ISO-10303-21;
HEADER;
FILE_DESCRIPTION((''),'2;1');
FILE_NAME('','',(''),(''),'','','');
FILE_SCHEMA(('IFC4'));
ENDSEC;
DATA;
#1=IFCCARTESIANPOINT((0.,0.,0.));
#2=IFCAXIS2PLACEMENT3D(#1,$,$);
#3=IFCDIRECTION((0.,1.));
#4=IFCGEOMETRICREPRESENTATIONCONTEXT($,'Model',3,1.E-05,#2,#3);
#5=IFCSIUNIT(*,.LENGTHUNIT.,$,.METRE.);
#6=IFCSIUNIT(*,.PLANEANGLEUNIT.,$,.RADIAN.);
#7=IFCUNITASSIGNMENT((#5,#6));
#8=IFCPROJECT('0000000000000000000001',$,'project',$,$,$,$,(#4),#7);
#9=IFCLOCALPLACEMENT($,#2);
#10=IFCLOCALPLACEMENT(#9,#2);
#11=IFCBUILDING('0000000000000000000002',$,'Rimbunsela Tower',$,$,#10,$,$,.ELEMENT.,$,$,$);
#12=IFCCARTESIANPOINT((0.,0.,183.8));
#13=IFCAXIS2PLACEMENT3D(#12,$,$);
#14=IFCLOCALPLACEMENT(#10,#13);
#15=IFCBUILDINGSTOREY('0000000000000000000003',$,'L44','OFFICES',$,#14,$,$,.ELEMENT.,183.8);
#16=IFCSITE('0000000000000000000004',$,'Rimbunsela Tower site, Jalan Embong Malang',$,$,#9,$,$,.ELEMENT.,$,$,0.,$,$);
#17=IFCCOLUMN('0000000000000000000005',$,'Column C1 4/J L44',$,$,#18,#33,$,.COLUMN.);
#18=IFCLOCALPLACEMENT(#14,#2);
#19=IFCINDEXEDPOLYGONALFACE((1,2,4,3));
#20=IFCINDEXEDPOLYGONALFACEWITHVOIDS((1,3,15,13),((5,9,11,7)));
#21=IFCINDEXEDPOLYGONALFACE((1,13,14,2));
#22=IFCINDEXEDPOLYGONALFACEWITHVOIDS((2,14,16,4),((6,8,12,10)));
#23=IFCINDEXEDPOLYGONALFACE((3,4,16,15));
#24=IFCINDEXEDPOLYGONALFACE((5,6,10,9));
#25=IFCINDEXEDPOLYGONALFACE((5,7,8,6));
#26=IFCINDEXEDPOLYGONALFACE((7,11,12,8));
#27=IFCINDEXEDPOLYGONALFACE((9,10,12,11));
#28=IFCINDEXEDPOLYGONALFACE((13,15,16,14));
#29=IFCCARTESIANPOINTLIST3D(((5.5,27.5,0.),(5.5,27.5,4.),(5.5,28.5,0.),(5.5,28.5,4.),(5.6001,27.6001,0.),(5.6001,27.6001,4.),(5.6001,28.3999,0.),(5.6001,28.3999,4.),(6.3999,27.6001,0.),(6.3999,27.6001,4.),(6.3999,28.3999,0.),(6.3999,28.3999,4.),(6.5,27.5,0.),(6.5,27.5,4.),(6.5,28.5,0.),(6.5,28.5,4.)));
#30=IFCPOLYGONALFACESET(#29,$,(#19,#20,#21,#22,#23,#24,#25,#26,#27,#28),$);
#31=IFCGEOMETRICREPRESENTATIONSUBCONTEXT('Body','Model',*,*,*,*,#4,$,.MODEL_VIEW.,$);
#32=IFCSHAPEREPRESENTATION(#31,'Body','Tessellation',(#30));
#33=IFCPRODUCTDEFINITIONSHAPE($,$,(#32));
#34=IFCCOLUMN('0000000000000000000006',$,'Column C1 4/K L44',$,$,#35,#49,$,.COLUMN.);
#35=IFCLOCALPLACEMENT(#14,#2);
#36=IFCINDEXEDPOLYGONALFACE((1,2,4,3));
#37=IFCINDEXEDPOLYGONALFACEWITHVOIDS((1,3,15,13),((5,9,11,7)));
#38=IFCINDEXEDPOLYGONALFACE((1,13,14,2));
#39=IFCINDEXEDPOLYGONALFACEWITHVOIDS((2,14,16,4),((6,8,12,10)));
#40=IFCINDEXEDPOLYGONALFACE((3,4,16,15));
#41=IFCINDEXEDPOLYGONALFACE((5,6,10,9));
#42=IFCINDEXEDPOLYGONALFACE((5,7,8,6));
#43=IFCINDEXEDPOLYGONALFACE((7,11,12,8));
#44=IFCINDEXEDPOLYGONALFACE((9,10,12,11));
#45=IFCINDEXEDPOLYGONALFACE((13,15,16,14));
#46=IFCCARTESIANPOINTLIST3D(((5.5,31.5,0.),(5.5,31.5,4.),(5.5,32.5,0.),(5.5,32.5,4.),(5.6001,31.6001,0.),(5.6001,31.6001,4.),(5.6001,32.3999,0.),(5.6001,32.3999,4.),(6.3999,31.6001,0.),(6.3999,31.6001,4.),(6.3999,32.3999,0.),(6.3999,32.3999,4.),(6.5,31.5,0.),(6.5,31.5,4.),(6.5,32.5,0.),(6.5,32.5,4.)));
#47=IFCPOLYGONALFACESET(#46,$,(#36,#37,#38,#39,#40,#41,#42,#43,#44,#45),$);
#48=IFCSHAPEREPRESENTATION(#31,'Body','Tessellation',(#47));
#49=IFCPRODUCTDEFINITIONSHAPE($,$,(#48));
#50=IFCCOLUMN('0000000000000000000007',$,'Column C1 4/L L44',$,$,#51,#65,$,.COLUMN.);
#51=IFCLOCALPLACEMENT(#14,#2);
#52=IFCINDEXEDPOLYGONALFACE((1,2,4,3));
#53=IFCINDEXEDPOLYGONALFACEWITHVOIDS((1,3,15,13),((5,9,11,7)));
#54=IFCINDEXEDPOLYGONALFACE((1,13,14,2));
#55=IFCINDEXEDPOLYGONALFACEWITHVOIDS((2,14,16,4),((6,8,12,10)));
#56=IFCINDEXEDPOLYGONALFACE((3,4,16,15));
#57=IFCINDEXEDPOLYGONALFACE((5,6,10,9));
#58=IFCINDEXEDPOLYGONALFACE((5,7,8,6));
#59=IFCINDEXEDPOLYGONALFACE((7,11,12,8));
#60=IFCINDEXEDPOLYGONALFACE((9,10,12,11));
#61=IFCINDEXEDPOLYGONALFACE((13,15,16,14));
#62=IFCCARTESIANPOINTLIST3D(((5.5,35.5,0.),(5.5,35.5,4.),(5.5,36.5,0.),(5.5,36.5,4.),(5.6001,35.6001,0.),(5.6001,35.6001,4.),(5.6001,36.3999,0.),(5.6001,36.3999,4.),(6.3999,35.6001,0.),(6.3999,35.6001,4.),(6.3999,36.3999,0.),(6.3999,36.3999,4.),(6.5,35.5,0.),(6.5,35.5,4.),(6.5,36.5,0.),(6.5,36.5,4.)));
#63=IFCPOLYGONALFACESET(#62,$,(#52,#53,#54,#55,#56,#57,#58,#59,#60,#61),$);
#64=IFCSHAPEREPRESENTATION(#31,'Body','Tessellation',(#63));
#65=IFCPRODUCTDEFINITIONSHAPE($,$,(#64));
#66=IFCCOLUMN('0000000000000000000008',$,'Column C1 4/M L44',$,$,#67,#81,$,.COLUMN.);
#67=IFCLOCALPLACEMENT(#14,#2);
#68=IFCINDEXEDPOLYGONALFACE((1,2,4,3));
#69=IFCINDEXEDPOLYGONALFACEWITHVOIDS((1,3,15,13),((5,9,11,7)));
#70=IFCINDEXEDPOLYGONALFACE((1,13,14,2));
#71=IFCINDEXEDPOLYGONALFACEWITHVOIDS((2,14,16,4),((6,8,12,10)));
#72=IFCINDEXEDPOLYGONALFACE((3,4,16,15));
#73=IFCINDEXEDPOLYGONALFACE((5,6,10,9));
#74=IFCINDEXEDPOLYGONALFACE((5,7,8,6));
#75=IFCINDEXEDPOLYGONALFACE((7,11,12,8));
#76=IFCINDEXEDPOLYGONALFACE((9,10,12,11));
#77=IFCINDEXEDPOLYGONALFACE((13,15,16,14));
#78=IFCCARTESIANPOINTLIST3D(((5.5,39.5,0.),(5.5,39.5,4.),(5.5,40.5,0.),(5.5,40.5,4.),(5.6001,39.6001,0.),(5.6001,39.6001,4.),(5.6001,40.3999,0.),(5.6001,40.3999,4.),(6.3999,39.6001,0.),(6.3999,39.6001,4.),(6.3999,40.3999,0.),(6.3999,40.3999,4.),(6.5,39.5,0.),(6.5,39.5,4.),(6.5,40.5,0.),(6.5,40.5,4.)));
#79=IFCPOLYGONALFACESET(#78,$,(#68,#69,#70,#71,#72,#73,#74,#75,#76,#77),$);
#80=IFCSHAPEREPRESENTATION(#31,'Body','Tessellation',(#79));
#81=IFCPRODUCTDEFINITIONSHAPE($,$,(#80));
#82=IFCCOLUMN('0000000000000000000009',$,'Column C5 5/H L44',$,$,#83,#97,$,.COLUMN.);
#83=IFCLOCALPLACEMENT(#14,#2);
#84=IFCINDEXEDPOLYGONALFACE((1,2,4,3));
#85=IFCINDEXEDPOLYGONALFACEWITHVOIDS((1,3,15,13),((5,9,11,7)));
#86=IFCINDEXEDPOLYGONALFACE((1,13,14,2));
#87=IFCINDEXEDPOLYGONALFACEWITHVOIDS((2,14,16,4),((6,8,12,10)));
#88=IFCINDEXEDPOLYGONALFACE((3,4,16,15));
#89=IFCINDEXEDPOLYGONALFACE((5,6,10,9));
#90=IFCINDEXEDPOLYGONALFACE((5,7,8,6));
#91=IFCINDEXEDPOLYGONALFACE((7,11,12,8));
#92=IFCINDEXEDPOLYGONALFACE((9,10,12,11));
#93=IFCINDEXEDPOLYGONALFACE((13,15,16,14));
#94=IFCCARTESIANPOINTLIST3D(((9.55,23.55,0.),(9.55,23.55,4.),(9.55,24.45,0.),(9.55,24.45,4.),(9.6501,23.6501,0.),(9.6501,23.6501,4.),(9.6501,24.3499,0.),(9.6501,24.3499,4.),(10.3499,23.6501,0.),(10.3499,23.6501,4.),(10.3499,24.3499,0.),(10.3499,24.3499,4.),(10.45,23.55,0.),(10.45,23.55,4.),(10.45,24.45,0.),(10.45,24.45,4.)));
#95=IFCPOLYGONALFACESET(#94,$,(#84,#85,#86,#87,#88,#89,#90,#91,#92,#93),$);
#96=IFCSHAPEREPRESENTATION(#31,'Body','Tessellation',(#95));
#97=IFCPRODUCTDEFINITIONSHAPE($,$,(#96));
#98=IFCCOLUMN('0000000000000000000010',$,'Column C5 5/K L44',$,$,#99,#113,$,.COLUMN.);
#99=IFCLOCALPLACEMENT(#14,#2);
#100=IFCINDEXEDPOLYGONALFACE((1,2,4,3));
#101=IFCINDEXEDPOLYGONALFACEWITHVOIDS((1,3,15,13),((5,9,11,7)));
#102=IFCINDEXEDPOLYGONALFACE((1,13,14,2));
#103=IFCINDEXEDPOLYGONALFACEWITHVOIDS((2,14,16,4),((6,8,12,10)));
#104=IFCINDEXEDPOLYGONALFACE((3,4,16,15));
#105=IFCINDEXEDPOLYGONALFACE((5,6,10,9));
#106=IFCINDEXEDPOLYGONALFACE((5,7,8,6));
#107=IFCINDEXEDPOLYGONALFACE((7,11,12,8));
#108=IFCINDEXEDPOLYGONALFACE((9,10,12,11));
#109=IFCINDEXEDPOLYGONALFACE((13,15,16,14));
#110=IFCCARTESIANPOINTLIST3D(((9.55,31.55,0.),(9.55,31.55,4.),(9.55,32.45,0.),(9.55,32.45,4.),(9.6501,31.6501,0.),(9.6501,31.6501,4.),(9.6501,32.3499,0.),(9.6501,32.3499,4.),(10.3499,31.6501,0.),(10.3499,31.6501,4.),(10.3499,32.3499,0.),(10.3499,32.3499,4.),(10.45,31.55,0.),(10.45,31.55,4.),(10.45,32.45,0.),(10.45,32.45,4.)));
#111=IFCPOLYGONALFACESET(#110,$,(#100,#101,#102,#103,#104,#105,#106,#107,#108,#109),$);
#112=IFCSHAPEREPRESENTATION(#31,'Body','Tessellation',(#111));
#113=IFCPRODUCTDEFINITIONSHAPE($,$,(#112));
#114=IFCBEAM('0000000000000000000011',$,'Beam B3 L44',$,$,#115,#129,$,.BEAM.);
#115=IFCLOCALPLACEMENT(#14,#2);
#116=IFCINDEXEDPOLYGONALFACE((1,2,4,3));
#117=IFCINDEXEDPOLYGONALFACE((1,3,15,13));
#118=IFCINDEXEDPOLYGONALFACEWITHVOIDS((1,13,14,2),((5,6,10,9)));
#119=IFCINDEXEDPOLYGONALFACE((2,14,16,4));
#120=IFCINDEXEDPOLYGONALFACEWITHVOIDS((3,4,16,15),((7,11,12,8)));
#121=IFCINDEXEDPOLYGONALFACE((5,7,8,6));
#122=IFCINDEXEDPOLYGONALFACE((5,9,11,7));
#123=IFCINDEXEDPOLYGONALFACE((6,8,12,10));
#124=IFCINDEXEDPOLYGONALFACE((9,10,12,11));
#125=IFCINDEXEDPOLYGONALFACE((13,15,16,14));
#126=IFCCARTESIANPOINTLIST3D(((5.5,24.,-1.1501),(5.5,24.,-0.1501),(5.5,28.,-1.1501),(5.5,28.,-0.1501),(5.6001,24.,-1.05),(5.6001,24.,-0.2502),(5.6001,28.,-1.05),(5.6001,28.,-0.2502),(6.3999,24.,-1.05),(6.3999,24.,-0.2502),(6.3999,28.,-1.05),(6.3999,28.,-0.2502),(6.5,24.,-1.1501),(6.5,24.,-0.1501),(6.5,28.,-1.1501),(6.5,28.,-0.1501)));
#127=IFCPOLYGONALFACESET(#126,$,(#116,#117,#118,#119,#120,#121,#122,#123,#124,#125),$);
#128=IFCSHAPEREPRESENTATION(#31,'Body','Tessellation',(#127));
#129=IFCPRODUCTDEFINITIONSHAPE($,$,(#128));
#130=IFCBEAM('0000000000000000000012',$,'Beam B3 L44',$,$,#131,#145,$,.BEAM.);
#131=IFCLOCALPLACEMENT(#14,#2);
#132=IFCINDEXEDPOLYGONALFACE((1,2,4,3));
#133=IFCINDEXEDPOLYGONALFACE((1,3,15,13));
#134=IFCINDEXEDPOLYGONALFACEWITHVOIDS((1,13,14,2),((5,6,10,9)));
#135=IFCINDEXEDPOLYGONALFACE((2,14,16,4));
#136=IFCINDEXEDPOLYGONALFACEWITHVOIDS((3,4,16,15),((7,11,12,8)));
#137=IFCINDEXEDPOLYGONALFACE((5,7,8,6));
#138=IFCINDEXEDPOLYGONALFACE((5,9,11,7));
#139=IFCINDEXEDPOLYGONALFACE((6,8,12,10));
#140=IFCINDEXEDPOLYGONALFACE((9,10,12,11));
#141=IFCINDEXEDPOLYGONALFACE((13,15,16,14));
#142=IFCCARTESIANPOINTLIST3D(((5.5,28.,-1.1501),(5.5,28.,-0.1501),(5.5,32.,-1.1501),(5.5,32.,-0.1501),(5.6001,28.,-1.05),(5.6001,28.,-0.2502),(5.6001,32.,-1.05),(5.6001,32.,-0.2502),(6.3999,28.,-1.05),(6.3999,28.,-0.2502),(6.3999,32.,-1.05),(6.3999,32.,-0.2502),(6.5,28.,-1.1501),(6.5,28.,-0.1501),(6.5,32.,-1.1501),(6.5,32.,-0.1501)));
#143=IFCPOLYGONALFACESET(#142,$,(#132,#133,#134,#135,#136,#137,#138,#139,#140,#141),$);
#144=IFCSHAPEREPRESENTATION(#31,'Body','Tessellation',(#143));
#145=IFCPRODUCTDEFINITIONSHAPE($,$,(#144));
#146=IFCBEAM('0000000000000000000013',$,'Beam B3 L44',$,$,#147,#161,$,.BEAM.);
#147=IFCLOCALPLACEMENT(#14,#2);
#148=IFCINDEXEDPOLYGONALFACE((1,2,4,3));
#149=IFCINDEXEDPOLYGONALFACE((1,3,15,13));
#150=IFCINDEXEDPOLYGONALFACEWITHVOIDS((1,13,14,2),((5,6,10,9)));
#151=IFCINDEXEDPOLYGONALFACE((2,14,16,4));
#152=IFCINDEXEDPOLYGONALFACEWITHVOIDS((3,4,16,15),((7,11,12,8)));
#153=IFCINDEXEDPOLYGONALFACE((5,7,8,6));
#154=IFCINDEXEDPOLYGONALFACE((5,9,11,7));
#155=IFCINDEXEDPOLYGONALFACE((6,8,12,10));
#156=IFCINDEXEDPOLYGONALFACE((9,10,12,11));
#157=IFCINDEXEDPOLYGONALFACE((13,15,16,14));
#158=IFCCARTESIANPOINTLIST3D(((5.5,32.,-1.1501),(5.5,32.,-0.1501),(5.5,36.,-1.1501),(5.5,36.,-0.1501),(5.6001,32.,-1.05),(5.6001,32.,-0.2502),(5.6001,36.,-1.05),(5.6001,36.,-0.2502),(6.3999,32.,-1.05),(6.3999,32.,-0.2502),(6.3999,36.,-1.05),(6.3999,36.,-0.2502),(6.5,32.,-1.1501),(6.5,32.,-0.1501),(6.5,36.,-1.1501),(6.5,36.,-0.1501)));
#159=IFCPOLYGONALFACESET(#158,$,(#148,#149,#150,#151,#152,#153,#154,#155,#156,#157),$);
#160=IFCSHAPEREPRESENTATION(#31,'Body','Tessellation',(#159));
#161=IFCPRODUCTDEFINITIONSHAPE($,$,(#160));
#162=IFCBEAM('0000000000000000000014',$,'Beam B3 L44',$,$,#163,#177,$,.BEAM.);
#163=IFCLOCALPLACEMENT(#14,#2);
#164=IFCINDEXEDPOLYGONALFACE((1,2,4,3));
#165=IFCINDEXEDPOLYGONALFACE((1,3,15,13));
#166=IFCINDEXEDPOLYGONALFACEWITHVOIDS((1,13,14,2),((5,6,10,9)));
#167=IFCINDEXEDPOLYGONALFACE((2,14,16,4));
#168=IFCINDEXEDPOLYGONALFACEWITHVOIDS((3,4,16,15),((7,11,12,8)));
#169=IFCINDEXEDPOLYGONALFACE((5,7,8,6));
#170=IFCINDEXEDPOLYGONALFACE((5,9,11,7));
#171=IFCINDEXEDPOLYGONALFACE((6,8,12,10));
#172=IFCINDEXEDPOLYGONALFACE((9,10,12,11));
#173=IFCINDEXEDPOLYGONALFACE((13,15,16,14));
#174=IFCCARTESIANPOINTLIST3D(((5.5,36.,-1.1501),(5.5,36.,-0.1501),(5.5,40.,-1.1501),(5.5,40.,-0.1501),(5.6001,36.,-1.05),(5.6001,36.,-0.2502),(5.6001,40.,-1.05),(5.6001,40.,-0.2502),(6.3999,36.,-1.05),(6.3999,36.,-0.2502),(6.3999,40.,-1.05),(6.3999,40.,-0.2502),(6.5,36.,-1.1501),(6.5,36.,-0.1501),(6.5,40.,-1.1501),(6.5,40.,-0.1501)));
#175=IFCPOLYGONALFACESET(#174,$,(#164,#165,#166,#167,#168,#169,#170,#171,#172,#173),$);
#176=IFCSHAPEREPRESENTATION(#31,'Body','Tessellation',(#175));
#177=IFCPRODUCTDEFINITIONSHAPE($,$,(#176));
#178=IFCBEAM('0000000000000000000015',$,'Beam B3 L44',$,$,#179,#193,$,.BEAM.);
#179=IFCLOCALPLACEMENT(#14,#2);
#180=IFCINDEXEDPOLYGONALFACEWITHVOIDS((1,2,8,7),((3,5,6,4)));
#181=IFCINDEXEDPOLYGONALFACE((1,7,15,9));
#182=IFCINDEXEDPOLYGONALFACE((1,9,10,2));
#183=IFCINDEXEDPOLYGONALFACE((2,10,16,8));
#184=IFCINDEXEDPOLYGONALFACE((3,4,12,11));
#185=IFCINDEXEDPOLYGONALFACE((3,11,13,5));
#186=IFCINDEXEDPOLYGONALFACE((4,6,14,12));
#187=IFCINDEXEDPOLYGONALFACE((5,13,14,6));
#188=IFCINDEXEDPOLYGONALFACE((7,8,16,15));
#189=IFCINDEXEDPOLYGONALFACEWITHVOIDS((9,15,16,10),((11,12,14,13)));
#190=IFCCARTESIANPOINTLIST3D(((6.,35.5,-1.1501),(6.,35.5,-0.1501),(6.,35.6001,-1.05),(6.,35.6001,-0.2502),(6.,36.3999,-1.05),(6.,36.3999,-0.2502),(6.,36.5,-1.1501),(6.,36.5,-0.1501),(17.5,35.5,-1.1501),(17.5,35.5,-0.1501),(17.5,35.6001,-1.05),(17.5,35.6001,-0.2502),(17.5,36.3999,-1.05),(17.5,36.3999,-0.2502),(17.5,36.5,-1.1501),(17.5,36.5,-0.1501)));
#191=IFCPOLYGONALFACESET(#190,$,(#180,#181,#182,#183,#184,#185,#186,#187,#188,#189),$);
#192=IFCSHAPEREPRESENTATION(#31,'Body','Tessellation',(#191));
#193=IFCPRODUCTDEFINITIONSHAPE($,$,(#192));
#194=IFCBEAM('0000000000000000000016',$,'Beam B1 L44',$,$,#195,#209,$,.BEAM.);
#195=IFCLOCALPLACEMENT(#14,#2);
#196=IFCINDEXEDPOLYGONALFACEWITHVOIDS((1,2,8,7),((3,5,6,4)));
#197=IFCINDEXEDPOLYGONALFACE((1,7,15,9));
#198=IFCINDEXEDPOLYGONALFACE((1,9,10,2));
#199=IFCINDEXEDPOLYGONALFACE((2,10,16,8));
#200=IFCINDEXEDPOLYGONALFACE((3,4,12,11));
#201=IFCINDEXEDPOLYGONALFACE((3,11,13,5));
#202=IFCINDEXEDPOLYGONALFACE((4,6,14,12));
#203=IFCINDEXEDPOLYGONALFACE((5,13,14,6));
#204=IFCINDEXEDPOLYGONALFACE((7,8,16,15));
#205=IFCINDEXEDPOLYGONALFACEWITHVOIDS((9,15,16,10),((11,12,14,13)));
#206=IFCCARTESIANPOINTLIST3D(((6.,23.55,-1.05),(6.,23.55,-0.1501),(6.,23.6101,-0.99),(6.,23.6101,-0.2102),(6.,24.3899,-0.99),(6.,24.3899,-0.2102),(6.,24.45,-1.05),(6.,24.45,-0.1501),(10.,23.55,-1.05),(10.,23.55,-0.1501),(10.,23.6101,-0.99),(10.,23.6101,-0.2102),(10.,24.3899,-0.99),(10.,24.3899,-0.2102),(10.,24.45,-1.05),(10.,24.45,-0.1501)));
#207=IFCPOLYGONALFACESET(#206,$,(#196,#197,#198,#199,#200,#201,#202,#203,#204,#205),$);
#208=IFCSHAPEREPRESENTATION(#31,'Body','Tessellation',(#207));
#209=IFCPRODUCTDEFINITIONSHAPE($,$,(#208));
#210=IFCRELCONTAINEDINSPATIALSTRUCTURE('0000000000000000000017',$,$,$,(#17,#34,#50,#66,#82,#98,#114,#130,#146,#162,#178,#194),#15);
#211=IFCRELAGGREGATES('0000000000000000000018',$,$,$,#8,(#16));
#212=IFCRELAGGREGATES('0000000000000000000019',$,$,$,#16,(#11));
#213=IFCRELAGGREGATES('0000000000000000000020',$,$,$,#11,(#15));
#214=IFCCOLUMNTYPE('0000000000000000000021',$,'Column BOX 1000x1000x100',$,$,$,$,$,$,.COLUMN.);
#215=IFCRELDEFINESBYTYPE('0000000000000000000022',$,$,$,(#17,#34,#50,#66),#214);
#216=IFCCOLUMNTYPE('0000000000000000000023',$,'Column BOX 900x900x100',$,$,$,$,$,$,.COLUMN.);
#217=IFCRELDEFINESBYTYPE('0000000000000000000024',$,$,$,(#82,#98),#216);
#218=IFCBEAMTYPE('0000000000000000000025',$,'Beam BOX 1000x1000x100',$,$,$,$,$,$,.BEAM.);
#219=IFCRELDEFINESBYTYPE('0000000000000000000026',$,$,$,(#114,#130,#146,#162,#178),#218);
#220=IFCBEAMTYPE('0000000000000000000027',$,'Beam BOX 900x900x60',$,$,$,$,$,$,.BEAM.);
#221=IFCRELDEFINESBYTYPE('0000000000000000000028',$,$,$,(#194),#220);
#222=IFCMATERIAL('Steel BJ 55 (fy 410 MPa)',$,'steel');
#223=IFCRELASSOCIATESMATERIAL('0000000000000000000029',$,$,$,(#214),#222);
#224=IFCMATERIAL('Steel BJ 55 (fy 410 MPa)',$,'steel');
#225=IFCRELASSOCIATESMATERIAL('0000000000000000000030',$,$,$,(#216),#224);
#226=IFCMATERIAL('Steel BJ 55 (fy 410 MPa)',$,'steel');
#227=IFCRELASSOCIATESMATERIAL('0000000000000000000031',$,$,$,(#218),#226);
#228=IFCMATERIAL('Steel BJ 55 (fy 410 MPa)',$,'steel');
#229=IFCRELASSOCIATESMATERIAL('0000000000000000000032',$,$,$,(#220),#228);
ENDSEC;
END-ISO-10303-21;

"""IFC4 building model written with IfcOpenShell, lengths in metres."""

from ifc_helpers import new_model, si_unit, direction, frame, origin, origin_2d, place, context, subcontext, project, spatial, hollow_rectangle, extrude, material, material_profile, profile_set, type_object, element, save


model = new_model("IFC4")

# Units and contexts
model_context = context("Model", 3, precision=1e-05, world=origin(), true_north=direction((0.0, 1.0)))
body_context = subcontext(model_context, "Body", "Model", "MODEL_VIEW")
ifc_project = project(units=[si_unit("LENGTHUNIT", "METRE"), si_unit("PLANEANGLEUNIT", "RADIAN")], contexts=[model_context])

# Site, building, storey
site_placement = place(None, origin())
site = spatial("IfcSite", under=ifc_project, at=site_placement, Name="Rimbunsela Tower site, Jalan Embong Malang", CompositionType="ELEMENT", RefElevation=0.0)
building_placement = place(site_placement, origin())
building = spatial("IfcBuilding", under=site, at=building_placement, Name="Rimbunsela Tower", CompositionType="ELEMENT")
storey_placement = place(building_placement, frame((0.0, 0.0, 183.8)))
storey = spatial("IfcBuildingStorey", under=building, at=storey_placement, Name="L44", Description="OFFICES", CompositionType="ELEMENT", Elevation=183.8)

# Columns
ifc_material_1 = material(Name="Steel BJ 55 (fy 410 MPa)", Category="steel")
ifc_material_profile_1 = material_profile(ifc_material_1, hollow_rectangle(XDim=1.0, YDim=1.0, WallThickness=0.1001, at=origin_2d()), Name="BOX 1000x1000x100")
ifc_profile_set_1 = profile_set([ifc_material_profile_1], Name="Steel BJ 55 (fy 410 MPa)")
column_type_1 = type_object("IfcColumnType", Name="Column BOX 1000x1000x100", PredefinedType="COLUMN", material=ifc_profile_set_1)
for number, where, z_axis, x_axis, name in (
    (1, (6.0, 28.0, 0.0), (0.0, 0.0, 1.0), (1.0, 0.0, 0.0), "Column C1 4/J L44"),
    (2, (6.0, 32.0, 0.0), (0.0, 0.0, 1.0), (1.0, 0.0, 0.0), "Column C1 4/K L44"),
    (3, (6.0, 36.0, 0.0), (0.0, 0.0, 1.0), (1.0, 0.0, 0.0), "Column C1 4/L L44"),
    (4, (6.0, 40.0, 0.0), (0.0, 0.0, 1.0), (1.0, 0.0, 0.0), "Column C1 4/M L44"),
):
    element("IfcColumn", number, at=place(storey_placement, frame(where, z_axis=z_axis, x_axis=x_axis)), inside=storey, type_object=column_type_1, Name=name, PredefinedType="COLUMN", context=body_context, shape_type="SweptSolid", body=[
        extrude(hollow_rectangle(XDim=1.0, YDim=1.0, WallThickness=0.1001, at=origin_2d()), origin(), (0.0, 0.0, 1.0), 4.0),
    ])
ifc_material_2 = material(Name="Steel BJ 55 (fy 410 MPa)", Category="steel")
ifc_material_profile_2 = material_profile(ifc_material_2, hollow_rectangle(XDim=0.8999, YDim=0.8999, WallThickness=0.1001, at=origin_2d()), Name="BOX 900x900x100")
ifc_profile_set_2 = profile_set([ifc_material_profile_2], Name="Steel BJ 55 (fy 410 MPa)")
column_type_2 = type_object("IfcColumnType", Name="Column BOX 900x900x100", PredefinedType="COLUMN", material=ifc_profile_set_2)
for number, where, z_axis, x_axis, name in (
    (5, (10.0, 24.0, 0.0), (0.0, 0.0, 1.0), (1.0, 0.0, 0.0), "Column C5 5/H L44"),
    (6, (10.0, 32.0, 0.0), (0.0, 0.0, 1.0), (1.0, 0.0, 0.0), "Column C5 5/K L44"),
):
    element("IfcColumn", number, at=place(storey_placement, frame(where, z_axis=z_axis, x_axis=x_axis)), inside=storey, type_object=column_type_2, Name=name, PredefinedType="COLUMN", context=body_context, shape_type="SweptSolid", body=[
        extrude(hollow_rectangle(XDim=0.8999, YDim=0.8999, WallThickness=0.1001, at=origin_2d()), origin(), (0.0, 0.0, 1.0), 4.0),
    ])

# Beams
ifc_material_3 = material(Name="Steel BJ 55 (fy 410 MPa)", Category="steel")
ifc_material_profile_3 = material_profile(ifc_material_3, hollow_rectangle(XDim=1.0, YDim=1.0, WallThickness=0.1001, at=origin_2d()), Name="BOX 1000x1000x100")
ifc_profile_set_3 = profile_set([ifc_material_profile_3], Name="Steel BJ 55 (fy 410 MPa)")
beam_type_1 = type_object("IfcBeamType", Name="Beam BOX 1000x1000x100", PredefinedType="BEAM", material=ifc_profile_set_3)
for number, where, z_axis, x_axis, name in (
    (7, (6.0, 24.0, -0.6501), (0.0, 1.0, 0.0), (-1.0, 0.0, 0.0), "Beam B3 L44"),
    (8, (6.0, 28.0, -0.6501), (0.0, 1.0, 0.0), (-1.0, 0.0, 0.0), "Beam B3 L44"),
    (9, (6.0, 32.0, -0.6501), (0.0, 1.0, 0.0), (-1.0, 0.0, 0.0), "Beam B3 L44"),
    (10, (6.0, 36.0, -0.6501), (0.0, 1.0, 0.0), (-1.0, 0.0, 0.0), "Beam B3 L44"),
):
    element("IfcBeam", number, at=place(storey_placement, frame(where, z_axis=z_axis, x_axis=x_axis)), inside=storey, type_object=beam_type_1, Name=name, PredefinedType="BEAM", context=body_context, shape_type="SweptSolid", body=[
        extrude(hollow_rectangle(XDim=1.0, YDim=1.0, WallThickness=0.1001, at=origin_2d()), origin(), (0.0, 0.0, 1.0), 4.0),
    ])
beam_1_placement = place(storey_placement, frame((6.0, 36.0, -0.6501), z_axis=(1.0, 0.0, 0.0), x_axis=(0.0, 1.0, 0.0)))
element("IfcBeam", 11, at=beam_1_placement, inside=storey, type_object=beam_type_1, Name="Beam B3 L44", PredefinedType="BEAM", context=body_context, shape_type="SweptSolid", body=[
    extrude(hollow_rectangle(XDim=1.0, YDim=1.0, WallThickness=0.1001, at=origin_2d()), origin(), (0.0, 0.0, 1.0), 11.5),
])
ifc_material_4 = material(Name="Steel BJ 55 (fy 410 MPa)", Category="steel")
ifc_material_profile_4 = material_profile(ifc_material_4, hollow_rectangle(XDim=0.8999, YDim=0.8999, WallThickness=0.0601, at=origin_2d()), Name="BOX 900x900x60")
ifc_profile_set_4 = profile_set([ifc_material_profile_4], Name="Steel BJ 55 (fy 410 MPa)")
beam_type_2 = type_object("IfcBeamType", Name="Beam BOX 900x900x60", PredefinedType="BEAM", material=ifc_profile_set_4)
for number, where, z_axis, x_axis, name in (
    (12, (6.0, 24.0, -0.6001), (1.0, 0.0, 0.0), (0.0, 1.0, 0.0), "Beam B1 L44"),
):
    element("IfcBeam", number, at=place(storey_placement, frame(where, z_axis=z_axis, x_axis=x_axis)), inside=storey, type_object=beam_type_2, Name=name, PredefinedType="BEAM", context=body_context, shape_type="SweptSolid", body=[
        extrude(hollow_rectangle(XDim=0.8999, YDim=0.8999, WallThickness=0.0601, at=origin_2d()), origin(), (0.0, 0.0, 1.0), 4.0),
    ])

save(model, "model.ifc")
